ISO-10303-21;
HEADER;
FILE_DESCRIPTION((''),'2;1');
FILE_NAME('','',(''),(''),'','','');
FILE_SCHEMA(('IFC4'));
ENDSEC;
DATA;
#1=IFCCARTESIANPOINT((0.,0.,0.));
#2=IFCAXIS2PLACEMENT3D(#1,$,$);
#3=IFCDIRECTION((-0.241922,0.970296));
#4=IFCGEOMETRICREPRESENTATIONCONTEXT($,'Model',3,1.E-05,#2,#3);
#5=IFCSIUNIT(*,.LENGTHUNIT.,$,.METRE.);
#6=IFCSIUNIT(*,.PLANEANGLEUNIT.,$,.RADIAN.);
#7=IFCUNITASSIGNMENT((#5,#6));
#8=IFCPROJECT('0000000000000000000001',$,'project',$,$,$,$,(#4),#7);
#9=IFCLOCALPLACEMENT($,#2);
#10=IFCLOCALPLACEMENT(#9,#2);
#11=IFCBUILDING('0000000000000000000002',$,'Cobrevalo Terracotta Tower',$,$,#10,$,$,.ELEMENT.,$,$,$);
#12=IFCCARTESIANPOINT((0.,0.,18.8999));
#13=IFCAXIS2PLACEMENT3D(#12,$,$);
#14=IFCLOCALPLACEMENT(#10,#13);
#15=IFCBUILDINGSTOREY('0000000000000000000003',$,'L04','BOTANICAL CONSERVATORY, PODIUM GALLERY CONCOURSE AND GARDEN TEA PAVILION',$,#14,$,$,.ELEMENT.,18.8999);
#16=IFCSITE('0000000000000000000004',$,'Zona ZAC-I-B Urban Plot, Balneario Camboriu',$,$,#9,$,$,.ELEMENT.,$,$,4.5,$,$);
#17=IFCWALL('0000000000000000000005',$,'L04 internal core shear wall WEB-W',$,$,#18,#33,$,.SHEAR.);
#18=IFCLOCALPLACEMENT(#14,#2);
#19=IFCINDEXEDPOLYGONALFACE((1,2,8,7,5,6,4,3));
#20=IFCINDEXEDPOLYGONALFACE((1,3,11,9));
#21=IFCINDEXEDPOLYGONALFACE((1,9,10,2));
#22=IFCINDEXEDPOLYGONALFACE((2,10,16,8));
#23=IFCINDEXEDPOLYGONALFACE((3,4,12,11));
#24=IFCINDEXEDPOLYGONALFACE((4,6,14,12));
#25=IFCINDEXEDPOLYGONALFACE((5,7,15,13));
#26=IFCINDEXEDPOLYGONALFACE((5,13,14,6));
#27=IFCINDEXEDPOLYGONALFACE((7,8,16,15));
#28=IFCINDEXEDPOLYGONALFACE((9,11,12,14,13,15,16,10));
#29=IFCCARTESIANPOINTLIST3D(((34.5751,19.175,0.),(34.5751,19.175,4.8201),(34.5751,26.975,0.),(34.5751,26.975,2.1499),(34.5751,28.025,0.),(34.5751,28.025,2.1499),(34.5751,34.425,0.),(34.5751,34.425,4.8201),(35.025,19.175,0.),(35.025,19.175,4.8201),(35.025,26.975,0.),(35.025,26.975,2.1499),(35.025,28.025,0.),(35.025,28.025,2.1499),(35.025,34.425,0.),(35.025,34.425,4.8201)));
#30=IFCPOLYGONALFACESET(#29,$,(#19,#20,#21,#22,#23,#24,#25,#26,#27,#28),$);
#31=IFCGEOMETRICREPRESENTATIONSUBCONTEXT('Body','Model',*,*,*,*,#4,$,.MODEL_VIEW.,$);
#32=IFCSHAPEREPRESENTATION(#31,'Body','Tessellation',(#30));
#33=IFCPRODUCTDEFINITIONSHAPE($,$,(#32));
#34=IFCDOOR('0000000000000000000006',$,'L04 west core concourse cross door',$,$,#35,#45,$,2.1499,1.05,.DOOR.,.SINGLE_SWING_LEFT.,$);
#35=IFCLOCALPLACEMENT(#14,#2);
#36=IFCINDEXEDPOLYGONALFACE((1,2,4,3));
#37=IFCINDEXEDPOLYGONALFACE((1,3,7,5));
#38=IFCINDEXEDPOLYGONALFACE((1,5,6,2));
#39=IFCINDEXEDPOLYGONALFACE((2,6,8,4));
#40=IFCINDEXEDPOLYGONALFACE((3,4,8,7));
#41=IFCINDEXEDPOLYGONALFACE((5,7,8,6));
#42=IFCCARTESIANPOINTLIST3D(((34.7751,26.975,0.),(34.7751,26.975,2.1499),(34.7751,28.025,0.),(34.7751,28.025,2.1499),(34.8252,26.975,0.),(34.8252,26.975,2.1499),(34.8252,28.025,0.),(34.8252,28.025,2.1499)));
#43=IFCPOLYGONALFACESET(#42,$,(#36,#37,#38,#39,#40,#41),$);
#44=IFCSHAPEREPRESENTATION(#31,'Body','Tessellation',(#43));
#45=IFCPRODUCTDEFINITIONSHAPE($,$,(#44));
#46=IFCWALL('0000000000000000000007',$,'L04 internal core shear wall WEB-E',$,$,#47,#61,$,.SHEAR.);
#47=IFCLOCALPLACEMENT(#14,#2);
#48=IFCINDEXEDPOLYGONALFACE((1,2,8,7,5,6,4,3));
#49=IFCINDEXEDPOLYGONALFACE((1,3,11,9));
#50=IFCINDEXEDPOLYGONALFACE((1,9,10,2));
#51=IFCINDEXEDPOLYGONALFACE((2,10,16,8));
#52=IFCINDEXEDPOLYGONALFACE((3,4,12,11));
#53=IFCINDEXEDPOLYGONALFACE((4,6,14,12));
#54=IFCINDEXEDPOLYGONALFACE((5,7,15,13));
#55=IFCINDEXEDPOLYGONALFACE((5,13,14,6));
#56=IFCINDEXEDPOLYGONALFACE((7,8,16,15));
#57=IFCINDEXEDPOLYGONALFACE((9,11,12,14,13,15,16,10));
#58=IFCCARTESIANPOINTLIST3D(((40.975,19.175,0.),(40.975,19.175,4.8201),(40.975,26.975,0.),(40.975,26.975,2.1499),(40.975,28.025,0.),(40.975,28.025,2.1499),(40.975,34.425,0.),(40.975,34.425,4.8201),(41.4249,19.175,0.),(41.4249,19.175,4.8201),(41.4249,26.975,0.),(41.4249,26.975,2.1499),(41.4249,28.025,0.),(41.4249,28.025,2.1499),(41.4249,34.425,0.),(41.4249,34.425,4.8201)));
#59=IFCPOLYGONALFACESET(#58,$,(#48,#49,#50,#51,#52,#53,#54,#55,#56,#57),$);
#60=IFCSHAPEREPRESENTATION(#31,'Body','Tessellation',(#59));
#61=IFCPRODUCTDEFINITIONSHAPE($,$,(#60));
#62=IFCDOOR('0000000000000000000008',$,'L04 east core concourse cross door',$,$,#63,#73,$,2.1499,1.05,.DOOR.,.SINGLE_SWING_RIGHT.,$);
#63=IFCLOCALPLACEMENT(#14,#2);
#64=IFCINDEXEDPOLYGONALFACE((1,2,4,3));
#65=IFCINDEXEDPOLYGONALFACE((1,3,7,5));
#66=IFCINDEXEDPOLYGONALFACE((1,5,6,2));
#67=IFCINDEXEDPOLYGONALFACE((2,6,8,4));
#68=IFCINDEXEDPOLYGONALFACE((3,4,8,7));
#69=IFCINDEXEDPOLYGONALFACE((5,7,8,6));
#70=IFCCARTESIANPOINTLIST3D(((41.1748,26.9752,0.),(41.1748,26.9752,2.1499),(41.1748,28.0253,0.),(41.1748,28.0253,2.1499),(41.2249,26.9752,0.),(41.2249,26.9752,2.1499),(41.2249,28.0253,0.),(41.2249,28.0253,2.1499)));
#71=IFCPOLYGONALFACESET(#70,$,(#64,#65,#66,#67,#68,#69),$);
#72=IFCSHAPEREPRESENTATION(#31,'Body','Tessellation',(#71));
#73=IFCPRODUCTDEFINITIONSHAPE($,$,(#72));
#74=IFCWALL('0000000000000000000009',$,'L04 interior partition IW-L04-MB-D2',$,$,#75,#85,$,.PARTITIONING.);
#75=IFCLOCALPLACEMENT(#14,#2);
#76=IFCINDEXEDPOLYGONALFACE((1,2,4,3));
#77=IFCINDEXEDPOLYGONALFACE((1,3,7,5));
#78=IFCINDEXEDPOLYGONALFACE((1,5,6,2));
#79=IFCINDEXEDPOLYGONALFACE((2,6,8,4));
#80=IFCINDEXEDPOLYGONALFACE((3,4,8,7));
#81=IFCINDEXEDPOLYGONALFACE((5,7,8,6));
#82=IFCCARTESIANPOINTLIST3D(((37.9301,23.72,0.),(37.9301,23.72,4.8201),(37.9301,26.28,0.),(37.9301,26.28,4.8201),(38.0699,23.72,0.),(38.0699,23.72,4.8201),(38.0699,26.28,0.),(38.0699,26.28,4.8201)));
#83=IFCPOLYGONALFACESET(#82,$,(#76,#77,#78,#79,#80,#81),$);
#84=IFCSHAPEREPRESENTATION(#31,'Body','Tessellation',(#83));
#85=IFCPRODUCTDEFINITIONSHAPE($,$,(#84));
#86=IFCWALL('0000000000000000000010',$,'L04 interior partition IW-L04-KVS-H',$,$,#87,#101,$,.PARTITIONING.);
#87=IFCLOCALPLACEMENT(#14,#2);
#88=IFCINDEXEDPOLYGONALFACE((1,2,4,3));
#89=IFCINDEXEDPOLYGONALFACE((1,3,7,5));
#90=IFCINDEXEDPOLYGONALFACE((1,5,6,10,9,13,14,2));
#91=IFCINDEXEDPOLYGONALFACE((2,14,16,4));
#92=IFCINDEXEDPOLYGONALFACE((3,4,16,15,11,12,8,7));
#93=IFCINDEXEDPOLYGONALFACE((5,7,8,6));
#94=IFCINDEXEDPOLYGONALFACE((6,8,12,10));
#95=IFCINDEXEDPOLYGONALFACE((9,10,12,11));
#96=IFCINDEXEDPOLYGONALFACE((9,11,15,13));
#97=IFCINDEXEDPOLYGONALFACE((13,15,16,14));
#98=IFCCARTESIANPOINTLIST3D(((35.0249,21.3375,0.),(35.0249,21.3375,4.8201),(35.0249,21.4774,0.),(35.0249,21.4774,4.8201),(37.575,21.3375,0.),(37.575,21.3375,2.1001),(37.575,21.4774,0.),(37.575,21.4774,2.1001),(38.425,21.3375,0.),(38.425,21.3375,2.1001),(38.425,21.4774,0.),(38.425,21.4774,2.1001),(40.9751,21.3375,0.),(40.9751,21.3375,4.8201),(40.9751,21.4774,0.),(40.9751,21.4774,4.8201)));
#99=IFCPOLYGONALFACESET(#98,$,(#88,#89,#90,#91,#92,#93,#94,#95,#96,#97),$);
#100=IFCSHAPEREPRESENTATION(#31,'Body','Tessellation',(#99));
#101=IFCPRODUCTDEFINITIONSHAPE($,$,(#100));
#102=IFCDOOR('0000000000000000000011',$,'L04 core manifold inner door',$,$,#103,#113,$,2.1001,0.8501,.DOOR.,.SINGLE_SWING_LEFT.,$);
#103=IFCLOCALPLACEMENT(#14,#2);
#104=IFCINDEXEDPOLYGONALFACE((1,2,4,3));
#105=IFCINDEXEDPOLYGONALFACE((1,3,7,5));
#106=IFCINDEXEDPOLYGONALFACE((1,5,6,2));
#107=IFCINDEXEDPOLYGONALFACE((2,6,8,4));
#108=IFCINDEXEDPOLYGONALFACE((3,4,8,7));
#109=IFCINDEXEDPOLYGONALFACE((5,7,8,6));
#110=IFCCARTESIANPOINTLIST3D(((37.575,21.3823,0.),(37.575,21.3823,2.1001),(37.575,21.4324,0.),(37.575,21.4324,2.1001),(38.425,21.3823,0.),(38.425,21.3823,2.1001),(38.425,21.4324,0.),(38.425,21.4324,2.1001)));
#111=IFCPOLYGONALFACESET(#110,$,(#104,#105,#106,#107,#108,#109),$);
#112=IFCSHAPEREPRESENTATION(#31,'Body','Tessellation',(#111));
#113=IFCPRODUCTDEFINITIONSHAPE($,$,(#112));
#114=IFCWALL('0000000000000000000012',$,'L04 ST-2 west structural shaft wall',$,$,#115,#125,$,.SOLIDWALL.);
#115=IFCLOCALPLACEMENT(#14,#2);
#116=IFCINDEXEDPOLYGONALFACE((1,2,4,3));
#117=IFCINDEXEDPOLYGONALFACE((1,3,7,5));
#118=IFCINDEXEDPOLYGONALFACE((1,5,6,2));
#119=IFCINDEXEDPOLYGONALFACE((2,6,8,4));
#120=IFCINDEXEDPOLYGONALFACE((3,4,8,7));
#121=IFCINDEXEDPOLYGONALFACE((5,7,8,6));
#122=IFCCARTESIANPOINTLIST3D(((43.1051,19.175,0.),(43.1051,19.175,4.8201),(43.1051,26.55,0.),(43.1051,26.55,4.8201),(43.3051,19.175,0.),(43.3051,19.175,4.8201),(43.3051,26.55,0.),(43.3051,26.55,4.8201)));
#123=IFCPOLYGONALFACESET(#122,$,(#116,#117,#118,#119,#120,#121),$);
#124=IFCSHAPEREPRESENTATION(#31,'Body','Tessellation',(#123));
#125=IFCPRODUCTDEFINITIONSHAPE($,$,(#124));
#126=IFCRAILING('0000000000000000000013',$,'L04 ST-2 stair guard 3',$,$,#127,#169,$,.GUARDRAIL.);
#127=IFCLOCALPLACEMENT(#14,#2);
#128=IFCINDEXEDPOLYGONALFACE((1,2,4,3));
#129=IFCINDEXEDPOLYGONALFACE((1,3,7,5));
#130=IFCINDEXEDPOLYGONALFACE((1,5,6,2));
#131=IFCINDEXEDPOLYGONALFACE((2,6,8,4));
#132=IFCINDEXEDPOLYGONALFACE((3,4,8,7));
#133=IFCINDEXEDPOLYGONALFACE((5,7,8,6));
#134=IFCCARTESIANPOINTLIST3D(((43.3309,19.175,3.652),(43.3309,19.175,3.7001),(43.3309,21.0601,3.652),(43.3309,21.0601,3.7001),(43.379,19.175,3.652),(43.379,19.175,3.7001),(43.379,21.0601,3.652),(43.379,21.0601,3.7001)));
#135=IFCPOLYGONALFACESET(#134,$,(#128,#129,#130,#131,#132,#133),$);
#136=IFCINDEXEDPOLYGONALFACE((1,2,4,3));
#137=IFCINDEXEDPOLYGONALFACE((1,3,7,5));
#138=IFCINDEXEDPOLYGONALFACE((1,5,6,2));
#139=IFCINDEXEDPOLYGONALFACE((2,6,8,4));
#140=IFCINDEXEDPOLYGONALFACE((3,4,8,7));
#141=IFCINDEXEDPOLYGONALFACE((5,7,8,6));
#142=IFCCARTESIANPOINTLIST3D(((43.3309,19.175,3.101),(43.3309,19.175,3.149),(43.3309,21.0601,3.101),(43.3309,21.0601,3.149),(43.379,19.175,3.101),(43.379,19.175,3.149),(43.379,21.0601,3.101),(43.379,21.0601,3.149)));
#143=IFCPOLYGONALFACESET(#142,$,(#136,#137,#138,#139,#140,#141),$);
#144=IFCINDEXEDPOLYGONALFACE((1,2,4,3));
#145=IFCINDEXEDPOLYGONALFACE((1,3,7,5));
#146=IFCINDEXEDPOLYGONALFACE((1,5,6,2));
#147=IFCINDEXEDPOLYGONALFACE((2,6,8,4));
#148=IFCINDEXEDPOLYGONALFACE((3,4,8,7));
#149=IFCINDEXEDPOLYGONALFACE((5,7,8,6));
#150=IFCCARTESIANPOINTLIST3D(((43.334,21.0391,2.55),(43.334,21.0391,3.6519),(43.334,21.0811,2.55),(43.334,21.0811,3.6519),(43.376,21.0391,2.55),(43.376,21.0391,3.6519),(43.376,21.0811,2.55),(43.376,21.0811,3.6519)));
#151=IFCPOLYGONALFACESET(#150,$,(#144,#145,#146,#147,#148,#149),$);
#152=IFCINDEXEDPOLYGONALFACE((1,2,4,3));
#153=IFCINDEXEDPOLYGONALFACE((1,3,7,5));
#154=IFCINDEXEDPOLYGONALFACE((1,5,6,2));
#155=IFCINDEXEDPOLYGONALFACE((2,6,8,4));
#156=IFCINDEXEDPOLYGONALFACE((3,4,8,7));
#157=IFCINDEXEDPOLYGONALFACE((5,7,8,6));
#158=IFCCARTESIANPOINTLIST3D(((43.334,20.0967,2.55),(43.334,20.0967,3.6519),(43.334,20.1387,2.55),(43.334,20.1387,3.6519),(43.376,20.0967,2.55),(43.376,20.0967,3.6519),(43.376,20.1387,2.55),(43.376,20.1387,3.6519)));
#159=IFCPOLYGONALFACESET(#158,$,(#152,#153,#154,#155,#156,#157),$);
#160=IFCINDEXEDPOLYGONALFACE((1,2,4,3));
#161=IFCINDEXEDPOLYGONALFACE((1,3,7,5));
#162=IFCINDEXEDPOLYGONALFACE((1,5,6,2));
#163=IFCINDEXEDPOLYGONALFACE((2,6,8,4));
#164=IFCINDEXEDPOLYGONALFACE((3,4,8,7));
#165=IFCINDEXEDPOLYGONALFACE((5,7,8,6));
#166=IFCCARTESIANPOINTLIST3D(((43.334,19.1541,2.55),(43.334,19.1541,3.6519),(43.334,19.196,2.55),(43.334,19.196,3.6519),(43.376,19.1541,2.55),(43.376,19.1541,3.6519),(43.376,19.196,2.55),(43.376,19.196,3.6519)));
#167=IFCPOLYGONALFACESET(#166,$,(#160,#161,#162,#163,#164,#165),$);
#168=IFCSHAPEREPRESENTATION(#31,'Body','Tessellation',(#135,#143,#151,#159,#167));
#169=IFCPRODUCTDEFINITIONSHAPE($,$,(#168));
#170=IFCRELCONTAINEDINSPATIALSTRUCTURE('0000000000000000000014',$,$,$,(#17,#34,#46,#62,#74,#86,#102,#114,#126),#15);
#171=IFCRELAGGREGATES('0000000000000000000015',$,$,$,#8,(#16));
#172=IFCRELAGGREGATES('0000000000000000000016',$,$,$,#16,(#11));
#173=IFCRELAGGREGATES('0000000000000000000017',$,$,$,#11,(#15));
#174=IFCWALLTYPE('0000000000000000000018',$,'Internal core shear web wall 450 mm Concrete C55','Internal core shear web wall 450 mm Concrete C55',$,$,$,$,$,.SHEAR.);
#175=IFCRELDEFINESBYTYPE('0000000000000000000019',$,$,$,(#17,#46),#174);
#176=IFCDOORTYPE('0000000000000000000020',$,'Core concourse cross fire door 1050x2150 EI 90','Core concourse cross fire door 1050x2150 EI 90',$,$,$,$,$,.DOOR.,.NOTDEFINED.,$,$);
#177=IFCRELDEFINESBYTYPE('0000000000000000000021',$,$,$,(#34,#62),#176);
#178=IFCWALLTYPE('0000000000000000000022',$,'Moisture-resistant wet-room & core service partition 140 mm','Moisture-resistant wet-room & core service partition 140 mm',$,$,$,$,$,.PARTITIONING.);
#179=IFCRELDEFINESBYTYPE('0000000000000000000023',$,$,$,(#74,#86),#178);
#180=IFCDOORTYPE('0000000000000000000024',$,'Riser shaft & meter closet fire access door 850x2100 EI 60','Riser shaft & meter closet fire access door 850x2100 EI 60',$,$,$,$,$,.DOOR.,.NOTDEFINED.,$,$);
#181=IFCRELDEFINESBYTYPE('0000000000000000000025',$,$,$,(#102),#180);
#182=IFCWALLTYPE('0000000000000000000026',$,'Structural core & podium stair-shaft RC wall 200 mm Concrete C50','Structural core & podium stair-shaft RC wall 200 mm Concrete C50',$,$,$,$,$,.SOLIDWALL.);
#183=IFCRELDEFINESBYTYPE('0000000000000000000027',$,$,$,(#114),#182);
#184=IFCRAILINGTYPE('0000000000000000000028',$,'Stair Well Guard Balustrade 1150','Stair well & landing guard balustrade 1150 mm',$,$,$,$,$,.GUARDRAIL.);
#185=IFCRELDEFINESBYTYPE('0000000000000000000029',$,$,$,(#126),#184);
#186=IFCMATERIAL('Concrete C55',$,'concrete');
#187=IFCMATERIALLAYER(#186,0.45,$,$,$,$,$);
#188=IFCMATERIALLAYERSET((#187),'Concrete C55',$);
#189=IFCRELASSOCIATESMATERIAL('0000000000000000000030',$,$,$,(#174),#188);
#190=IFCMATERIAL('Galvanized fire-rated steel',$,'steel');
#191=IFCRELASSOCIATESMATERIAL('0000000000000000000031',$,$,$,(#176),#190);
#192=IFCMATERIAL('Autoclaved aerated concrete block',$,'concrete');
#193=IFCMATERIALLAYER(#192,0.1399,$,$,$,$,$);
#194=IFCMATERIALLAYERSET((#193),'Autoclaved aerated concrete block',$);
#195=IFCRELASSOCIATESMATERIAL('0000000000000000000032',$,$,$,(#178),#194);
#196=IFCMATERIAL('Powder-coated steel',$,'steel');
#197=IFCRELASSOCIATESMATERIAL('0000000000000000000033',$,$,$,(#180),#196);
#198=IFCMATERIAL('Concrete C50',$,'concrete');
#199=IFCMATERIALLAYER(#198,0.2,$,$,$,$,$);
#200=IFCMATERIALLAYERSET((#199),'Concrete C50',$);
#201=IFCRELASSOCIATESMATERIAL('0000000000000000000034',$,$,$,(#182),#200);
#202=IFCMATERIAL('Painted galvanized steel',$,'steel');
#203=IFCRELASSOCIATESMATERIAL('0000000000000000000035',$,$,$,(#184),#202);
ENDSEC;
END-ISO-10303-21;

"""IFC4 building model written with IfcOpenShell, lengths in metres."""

from ifc_helpers import new_model, si_unit, direction, frame, frame_2d, origin, origin_2d, place, context, subcontext, project, spatial, rectangle, extrude, source, transform, mapped, material, layer, layer_set, type_object, element, fill, save


model = new_model("IFC4")

# Units and contexts
model_context = context("Model", 3, precision=1e-05, world=origin(), true_north=direction((-0.241922, 0.970296)))
body_context = subcontext(model_context, "Body", "Model", "MODEL_VIEW")
ifc_project = project(units=[si_unit("LENGTHUNIT", "METRE"), si_unit("PLANEANGLEUNIT", "RADIAN")], contexts=[model_context])

# Site, building, storey
site_placement = place(None, origin())
site = spatial("IfcSite", under=ifc_project, at=site_placement, Name="Zona ZAC-I-B Urban Plot, Balneario Camboriu", CompositionType="ELEMENT", RefElevation=4.5)
building_placement = place(site_placement, origin())
building = spatial("IfcBuilding", under=site, at=building_placement, Name="Cobrevalo Terracotta Tower", CompositionType="ELEMENT")
storey_placement = place(building_placement, frame((0.0, 0.0, 18.8999)))
storey = spatial("IfcBuildingStorey", under=building, at=storey_placement, Name="L04", Description="BOTANICAL CONSERVATORY, PODIUM GALLERY CONCOURSE AND GARDEN TEA PAVILION", CompositionType="ELEMENT", Elevation=18.8999)

# Shared definitions
ifc_material_1 = material(Name="Autoclaved aerated concrete block", Category="concrete")

# Walls, openings, doors
ifc_material_2 = material(Name="Concrete C55", Category="concrete")
ifc_layer_1 = layer(ifc_material_2, 0.45)
ifc_layer_set_1 = layer_set([ifc_layer_1], Name="Concrete C55")
wall_type_1 = type_object("IfcWallType", Name="Internal core shear web wall 450 mm Concrete C55", Description="Internal core shear web wall 450 mm Concrete C55", PredefinedType="SHEAR", material=ifc_layer_set_1)
wall_1_placement = place(storey_placement, frame((34.8, 19.175, 0.0), z_axis=(0.0, 0.0, 1.0), x_axis=(0.0, 1.0, 0.0)))
wall_1 = element("IfcWall", 1, at=wall_1_placement, inside=storey, type_object=wall_type_1, Name="L04 internal core shear wall WEB-W", PredefinedType="SHEAR", context=body_context, shape_type="SweptSolid", body=[
    extrude(rectangle(XDim=15.25, YDim=0.45, at=frame_2d((7.625, 0.0))), origin(), (0.0, 0.0, 1.0), 4.8201),
])
opening_1_placement = place(wall_1_placement, frame((7.8, 0.0, 0.0)))
opening_1 = element("IfcOpeningElement", 2, at=opening_1_placement, cuts=wall_1, PredefinedType="OPENING", context=body_context, shape_type="SweptSolid", body=[
    extrude(rectangle(XDim=1.05, YDim=2.1499, at=frame_2d((0.5249, 1.075))), frame((0.0, 0.2349, 0.0), z_axis=(0.0, -1.0, 0.0), x_axis=(1.0, 0.0, 0.0)), (0.0, 0.0, 1.0), 0.47),
])
ifc_material_3 = material(Name="Galvanized fire-rated steel", Category="steel")
door_type_1 = type_object("IfcDoorType", Name="Core concourse cross fire door 1050x2150 EI 90", Description="Core concourse cross fire door 1050x2150 EI 90", OperationType="NOTDEFINED", PredefinedType="DOOR", material=ifc_material_3)
shared_shape_1 = source(origin(), body_context, "Body", "SweptSolid", [
    extrude(rectangle(XDim=1.05, YDim=2.1499, at=frame_2d((0.5249, 1.075))), frame((0.0, 0.0249, 0.0), z_axis=(0.0, -1.0, 0.0), x_axis=(1.0, 0.0, 0.0)), (0.0, 0.0, 1.0), 0.05),
])
door_1_placement = place(opening_1_placement, origin())
door_1 = element("IfcDoor", 3, at=door_1_placement, inside=storey, type_object=door_type_1, Name="L04 west core concourse cross door", OperationType="SINGLE_SWING_LEFT", OverallHeight=2.1499, OverallWidth=1.05, PredefinedType="DOOR", context=body_context, shape_type="MappedRepresentation", body=[
    mapped(shared_shape_1, transform((0.0, 0.0, 0.0), scale=1.0)),
])
fill(opening_1, door_1)
wall_2_placement = place(storey_placement, frame((41.2, 19.175, 0.0), z_axis=(0.0, 0.0, 1.0), x_axis=(0.0, 1.0, 0.0)))
wall_2 = element("IfcWall", 4, at=wall_2_placement, inside=storey, type_object=wall_type_1, Name="L04 internal core shear wall WEB-E", PredefinedType="SHEAR", context=body_context, shape_type="SweptSolid", body=[
    extrude(rectangle(XDim=15.25, YDim=0.45, at=frame_2d((7.625, 0.0))), origin(), (0.0, 0.0, 1.0), 4.8201),
])
opening_2_placement = place(wall_2_placement, frame((7.8, 0.0, 0.0)))
opening_2 = element("IfcOpeningElement", 5, at=opening_2_placement, cuts=wall_2, PredefinedType="OPENING", context=body_context, shape_type="SweptSolid", body=[
    extrude(rectangle(XDim=1.05, YDim=2.1499, at=frame_2d((0.5249, 1.075))), frame((0.0, 0.2349, 0.0), z_axis=(0.0, -1.0, 0.0), x_axis=(1.0, 0.0, 0.0)), (0.0, 0.0, 1.0), 0.47),
])
door_2_placement = place(opening_2_placement, frame((1.05, 0.0, 0.0), z_axis=(0.0, 0.0, 1.0), x_axis=(-1.0, 0.0, 0.0)))
door_2 = element("IfcDoor", 6, at=door_2_placement, inside=storey, type_object=door_type_1, Name="L04 east core concourse cross door", OperationType="SINGLE_SWING_RIGHT", OverallHeight=2.1499, OverallWidth=1.05, PredefinedType="DOOR", context=body_context, shape_type="MappedRepresentation", body=[
    mapped(shared_shape_1, transform((0.0, 0.0, 0.0), scale=1.0)),
])
fill(opening_2, door_2)

# Wall
ifc_layer_2 = layer(ifc_material_1, 0.1399)
ifc_layer_set_2 = layer_set([ifc_layer_2], Name="Autoclaved aerated concrete block")
wall_type_2 = type_object("IfcWallType", Name="Moisture-resistant wet-room & core service partition 140 mm", Description="Moisture-resistant wet-room & core service partition 140 mm", PredefinedType="PARTITIONING", material=ifc_layer_set_2)
wall_3_placement = place(storey_placement, frame((38.0, 23.72, 0.0), z_axis=(0.0, 0.0, 1.0), x_axis=(0.0, 1.0, 0.0)))
element("IfcWall", 7, at=wall_3_placement, inside=storey, type_object=wall_type_2, Name="L04 interior partition IW-L04-MB-D2", PredefinedType="PARTITIONING", context=body_context, shape_type="SweptSolid", body=[
    extrude(rectangle(XDim=2.5601, YDim=0.1399, at=frame_2d((1.28, 0.0))), origin(), (0.0, 0.0, 1.0), 4.8201),
])

# Wall, opening, door
wall_4_placement = place(storey_placement, frame((35.0249, 21.4075, 0.0), z_axis=(0.0, 0.0, 1.0), x_axis=(1.0, 0.0, 0.0)))
wall_4 = element("IfcWall", 8, at=wall_4_placement, inside=storey, type_object=wall_type_2, Name="L04 interior partition IW-L04-KVS-H", PredefinedType="PARTITIONING", context=body_context, shape_type="SweptSolid", body=[
    extrude(rectangle(XDim=5.9502, YDim=0.1399, at=frame_2d((2.9751, 0.0))), origin(), (0.0, 0.0, 1.0), 4.8201),
])
opening_3_placement = place(wall_4_placement, frame((2.55, 0.0, 0.0)))
opening_3 = element("IfcOpeningElement", 9, at=opening_3_placement, cuts=wall_4, PredefinedType="OPENING", context=body_context, shape_type="SweptSolid", body=[
    extrude(rectangle(XDim=0.8501, YDim=2.1001, at=frame_2d((0.425, 1.05))), frame((0.0, 0.0801, 0.0), z_axis=(0.0, -1.0, 0.0), x_axis=(1.0, 0.0, 0.0)), (0.0, 0.0, 1.0), 0.1599),
])
ifc_material_4 = material(Name="Powder-coated steel", Category="steel")
door_type_2 = type_object("IfcDoorType", Name="Riser shaft & meter closet fire access door 850x2100 EI 60", Description="Riser shaft & meter closet fire access door 850x2100 EI 60", OperationType="NOTDEFINED", PredefinedType="DOOR", material=ifc_material_4)
shared_shape_2 = source(origin(), body_context, "Body", "SweptSolid", [
    extrude(rectangle(XDim=0.8501, YDim=2.1001, at=frame_2d((0.425, 1.05))), frame((0.0, 0.0249, 0.0), z_axis=(0.0, -1.0, 0.0), x_axis=(1.0, 0.0, 0.0)), (0.0, 0.0, 1.0), 0.05),
])
door_3_placement = place(opening_3_placement, origin())
door_3 = element("IfcDoor", 10, at=door_3_placement, inside=storey, type_object=door_type_2, Name="L04 core manifold inner door", OperationType="SINGLE_SWING_LEFT", OverallHeight=2.1001, OverallWidth=0.8501, PredefinedType="DOOR", context=body_context, shape_type="MappedRepresentation", body=[
    mapped(shared_shape_2, transform((0.0, 0.0, 0.0), scale=1.0)),
])
fill(opening_3, door_3)

# Wall
ifc_material_5 = material(Name="Concrete C50", Category="concrete")
ifc_layer_3 = layer(ifc_material_5, 0.2)
ifc_layer_set_3 = layer_set([ifc_layer_3], Name="Concrete C50")
wall_type_3 = type_object("IfcWallType", Name="Structural core & podium stair-shaft RC wall 200 mm Concrete C50", Description="Structural core & podium stair-shaft RC wall 200 mm Concrete C50", PredefinedType="SOLIDWALL", material=ifc_layer_set_3)
wall_5_placement = place(storey_placement, frame((43.2051, 19.175, 0.0), z_axis=(0.0, 0.0, 1.0), x_axis=(0.0, 1.0, 0.0)))
element("IfcWall", 11, at=wall_5_placement, inside=storey, type_object=wall_type_3, Name="L04 ST-2 west structural shaft wall", PredefinedType="SOLIDWALL", context=body_context, shape_type="SweptSolid", body=[
    extrude(rectangle(XDim=7.375, YDim=0.2, at=frame_2d((3.6875, 0.0))), origin(), (0.0, 0.0, 1.0), 4.8201),
])

# Railing
ifc_material_6 = material(Name="Painted galvanized steel", Category="steel")
railing_type = type_object("IfcRailingType", Name="Stair Well Guard Balustrade 1150", Description="Stair well & landing guard balustrade 1150 mm", PredefinedType="GUARDRAIL", material=ifc_material_6)
railing_1_placement = place(storey_placement, frame((43.355, 21.0601, 2.55)))
element("IfcRailing", 12, at=railing_1_placement, inside=storey, type_object=railing_type, Name="L04 ST-2 stair guard 3", PredefinedType="GUARDRAIL", context=body_context, shape_type="SweptSolid", body=[
    extrude(rectangle(XDim=0.0481, YDim=0.0481, at=origin_2d()), frame((0.0, 0.0, 1.126), z_axis=(0.0, -1.0, 0.0), x_axis=(1.0, 0.0, 0.0)), (0.0, 0.0, 1.0), 1.885),
    extrude(rectangle(XDim=0.0481, YDim=0.0481, at=origin_2d()), frame((0.0, 0.0, 0.575), z_axis=(0.0, -1.0, 0.0), x_axis=(1.0, 0.0, 0.0)), (0.0, 0.0, 1.0), 1.885),
    extrude(rectangle(XDim=0.042, YDim=0.042, at=origin_2d()), origin(), (0.0, 0.0, 1.0), 1.1018),
    extrude(rectangle(XDim=0.042, YDim=0.042, at=origin_2d()), frame((0.0, -0.9424, 0.0)), (0.0, 0.0, 1.0), 1.1018),
    extrude(rectangle(XDim=0.042, YDim=0.042, at=origin_2d()), frame((0.0, -1.885, 0.0)), (0.0, 0.0, 1.0), 1.1018),
])

save(model, "model.ifc")
